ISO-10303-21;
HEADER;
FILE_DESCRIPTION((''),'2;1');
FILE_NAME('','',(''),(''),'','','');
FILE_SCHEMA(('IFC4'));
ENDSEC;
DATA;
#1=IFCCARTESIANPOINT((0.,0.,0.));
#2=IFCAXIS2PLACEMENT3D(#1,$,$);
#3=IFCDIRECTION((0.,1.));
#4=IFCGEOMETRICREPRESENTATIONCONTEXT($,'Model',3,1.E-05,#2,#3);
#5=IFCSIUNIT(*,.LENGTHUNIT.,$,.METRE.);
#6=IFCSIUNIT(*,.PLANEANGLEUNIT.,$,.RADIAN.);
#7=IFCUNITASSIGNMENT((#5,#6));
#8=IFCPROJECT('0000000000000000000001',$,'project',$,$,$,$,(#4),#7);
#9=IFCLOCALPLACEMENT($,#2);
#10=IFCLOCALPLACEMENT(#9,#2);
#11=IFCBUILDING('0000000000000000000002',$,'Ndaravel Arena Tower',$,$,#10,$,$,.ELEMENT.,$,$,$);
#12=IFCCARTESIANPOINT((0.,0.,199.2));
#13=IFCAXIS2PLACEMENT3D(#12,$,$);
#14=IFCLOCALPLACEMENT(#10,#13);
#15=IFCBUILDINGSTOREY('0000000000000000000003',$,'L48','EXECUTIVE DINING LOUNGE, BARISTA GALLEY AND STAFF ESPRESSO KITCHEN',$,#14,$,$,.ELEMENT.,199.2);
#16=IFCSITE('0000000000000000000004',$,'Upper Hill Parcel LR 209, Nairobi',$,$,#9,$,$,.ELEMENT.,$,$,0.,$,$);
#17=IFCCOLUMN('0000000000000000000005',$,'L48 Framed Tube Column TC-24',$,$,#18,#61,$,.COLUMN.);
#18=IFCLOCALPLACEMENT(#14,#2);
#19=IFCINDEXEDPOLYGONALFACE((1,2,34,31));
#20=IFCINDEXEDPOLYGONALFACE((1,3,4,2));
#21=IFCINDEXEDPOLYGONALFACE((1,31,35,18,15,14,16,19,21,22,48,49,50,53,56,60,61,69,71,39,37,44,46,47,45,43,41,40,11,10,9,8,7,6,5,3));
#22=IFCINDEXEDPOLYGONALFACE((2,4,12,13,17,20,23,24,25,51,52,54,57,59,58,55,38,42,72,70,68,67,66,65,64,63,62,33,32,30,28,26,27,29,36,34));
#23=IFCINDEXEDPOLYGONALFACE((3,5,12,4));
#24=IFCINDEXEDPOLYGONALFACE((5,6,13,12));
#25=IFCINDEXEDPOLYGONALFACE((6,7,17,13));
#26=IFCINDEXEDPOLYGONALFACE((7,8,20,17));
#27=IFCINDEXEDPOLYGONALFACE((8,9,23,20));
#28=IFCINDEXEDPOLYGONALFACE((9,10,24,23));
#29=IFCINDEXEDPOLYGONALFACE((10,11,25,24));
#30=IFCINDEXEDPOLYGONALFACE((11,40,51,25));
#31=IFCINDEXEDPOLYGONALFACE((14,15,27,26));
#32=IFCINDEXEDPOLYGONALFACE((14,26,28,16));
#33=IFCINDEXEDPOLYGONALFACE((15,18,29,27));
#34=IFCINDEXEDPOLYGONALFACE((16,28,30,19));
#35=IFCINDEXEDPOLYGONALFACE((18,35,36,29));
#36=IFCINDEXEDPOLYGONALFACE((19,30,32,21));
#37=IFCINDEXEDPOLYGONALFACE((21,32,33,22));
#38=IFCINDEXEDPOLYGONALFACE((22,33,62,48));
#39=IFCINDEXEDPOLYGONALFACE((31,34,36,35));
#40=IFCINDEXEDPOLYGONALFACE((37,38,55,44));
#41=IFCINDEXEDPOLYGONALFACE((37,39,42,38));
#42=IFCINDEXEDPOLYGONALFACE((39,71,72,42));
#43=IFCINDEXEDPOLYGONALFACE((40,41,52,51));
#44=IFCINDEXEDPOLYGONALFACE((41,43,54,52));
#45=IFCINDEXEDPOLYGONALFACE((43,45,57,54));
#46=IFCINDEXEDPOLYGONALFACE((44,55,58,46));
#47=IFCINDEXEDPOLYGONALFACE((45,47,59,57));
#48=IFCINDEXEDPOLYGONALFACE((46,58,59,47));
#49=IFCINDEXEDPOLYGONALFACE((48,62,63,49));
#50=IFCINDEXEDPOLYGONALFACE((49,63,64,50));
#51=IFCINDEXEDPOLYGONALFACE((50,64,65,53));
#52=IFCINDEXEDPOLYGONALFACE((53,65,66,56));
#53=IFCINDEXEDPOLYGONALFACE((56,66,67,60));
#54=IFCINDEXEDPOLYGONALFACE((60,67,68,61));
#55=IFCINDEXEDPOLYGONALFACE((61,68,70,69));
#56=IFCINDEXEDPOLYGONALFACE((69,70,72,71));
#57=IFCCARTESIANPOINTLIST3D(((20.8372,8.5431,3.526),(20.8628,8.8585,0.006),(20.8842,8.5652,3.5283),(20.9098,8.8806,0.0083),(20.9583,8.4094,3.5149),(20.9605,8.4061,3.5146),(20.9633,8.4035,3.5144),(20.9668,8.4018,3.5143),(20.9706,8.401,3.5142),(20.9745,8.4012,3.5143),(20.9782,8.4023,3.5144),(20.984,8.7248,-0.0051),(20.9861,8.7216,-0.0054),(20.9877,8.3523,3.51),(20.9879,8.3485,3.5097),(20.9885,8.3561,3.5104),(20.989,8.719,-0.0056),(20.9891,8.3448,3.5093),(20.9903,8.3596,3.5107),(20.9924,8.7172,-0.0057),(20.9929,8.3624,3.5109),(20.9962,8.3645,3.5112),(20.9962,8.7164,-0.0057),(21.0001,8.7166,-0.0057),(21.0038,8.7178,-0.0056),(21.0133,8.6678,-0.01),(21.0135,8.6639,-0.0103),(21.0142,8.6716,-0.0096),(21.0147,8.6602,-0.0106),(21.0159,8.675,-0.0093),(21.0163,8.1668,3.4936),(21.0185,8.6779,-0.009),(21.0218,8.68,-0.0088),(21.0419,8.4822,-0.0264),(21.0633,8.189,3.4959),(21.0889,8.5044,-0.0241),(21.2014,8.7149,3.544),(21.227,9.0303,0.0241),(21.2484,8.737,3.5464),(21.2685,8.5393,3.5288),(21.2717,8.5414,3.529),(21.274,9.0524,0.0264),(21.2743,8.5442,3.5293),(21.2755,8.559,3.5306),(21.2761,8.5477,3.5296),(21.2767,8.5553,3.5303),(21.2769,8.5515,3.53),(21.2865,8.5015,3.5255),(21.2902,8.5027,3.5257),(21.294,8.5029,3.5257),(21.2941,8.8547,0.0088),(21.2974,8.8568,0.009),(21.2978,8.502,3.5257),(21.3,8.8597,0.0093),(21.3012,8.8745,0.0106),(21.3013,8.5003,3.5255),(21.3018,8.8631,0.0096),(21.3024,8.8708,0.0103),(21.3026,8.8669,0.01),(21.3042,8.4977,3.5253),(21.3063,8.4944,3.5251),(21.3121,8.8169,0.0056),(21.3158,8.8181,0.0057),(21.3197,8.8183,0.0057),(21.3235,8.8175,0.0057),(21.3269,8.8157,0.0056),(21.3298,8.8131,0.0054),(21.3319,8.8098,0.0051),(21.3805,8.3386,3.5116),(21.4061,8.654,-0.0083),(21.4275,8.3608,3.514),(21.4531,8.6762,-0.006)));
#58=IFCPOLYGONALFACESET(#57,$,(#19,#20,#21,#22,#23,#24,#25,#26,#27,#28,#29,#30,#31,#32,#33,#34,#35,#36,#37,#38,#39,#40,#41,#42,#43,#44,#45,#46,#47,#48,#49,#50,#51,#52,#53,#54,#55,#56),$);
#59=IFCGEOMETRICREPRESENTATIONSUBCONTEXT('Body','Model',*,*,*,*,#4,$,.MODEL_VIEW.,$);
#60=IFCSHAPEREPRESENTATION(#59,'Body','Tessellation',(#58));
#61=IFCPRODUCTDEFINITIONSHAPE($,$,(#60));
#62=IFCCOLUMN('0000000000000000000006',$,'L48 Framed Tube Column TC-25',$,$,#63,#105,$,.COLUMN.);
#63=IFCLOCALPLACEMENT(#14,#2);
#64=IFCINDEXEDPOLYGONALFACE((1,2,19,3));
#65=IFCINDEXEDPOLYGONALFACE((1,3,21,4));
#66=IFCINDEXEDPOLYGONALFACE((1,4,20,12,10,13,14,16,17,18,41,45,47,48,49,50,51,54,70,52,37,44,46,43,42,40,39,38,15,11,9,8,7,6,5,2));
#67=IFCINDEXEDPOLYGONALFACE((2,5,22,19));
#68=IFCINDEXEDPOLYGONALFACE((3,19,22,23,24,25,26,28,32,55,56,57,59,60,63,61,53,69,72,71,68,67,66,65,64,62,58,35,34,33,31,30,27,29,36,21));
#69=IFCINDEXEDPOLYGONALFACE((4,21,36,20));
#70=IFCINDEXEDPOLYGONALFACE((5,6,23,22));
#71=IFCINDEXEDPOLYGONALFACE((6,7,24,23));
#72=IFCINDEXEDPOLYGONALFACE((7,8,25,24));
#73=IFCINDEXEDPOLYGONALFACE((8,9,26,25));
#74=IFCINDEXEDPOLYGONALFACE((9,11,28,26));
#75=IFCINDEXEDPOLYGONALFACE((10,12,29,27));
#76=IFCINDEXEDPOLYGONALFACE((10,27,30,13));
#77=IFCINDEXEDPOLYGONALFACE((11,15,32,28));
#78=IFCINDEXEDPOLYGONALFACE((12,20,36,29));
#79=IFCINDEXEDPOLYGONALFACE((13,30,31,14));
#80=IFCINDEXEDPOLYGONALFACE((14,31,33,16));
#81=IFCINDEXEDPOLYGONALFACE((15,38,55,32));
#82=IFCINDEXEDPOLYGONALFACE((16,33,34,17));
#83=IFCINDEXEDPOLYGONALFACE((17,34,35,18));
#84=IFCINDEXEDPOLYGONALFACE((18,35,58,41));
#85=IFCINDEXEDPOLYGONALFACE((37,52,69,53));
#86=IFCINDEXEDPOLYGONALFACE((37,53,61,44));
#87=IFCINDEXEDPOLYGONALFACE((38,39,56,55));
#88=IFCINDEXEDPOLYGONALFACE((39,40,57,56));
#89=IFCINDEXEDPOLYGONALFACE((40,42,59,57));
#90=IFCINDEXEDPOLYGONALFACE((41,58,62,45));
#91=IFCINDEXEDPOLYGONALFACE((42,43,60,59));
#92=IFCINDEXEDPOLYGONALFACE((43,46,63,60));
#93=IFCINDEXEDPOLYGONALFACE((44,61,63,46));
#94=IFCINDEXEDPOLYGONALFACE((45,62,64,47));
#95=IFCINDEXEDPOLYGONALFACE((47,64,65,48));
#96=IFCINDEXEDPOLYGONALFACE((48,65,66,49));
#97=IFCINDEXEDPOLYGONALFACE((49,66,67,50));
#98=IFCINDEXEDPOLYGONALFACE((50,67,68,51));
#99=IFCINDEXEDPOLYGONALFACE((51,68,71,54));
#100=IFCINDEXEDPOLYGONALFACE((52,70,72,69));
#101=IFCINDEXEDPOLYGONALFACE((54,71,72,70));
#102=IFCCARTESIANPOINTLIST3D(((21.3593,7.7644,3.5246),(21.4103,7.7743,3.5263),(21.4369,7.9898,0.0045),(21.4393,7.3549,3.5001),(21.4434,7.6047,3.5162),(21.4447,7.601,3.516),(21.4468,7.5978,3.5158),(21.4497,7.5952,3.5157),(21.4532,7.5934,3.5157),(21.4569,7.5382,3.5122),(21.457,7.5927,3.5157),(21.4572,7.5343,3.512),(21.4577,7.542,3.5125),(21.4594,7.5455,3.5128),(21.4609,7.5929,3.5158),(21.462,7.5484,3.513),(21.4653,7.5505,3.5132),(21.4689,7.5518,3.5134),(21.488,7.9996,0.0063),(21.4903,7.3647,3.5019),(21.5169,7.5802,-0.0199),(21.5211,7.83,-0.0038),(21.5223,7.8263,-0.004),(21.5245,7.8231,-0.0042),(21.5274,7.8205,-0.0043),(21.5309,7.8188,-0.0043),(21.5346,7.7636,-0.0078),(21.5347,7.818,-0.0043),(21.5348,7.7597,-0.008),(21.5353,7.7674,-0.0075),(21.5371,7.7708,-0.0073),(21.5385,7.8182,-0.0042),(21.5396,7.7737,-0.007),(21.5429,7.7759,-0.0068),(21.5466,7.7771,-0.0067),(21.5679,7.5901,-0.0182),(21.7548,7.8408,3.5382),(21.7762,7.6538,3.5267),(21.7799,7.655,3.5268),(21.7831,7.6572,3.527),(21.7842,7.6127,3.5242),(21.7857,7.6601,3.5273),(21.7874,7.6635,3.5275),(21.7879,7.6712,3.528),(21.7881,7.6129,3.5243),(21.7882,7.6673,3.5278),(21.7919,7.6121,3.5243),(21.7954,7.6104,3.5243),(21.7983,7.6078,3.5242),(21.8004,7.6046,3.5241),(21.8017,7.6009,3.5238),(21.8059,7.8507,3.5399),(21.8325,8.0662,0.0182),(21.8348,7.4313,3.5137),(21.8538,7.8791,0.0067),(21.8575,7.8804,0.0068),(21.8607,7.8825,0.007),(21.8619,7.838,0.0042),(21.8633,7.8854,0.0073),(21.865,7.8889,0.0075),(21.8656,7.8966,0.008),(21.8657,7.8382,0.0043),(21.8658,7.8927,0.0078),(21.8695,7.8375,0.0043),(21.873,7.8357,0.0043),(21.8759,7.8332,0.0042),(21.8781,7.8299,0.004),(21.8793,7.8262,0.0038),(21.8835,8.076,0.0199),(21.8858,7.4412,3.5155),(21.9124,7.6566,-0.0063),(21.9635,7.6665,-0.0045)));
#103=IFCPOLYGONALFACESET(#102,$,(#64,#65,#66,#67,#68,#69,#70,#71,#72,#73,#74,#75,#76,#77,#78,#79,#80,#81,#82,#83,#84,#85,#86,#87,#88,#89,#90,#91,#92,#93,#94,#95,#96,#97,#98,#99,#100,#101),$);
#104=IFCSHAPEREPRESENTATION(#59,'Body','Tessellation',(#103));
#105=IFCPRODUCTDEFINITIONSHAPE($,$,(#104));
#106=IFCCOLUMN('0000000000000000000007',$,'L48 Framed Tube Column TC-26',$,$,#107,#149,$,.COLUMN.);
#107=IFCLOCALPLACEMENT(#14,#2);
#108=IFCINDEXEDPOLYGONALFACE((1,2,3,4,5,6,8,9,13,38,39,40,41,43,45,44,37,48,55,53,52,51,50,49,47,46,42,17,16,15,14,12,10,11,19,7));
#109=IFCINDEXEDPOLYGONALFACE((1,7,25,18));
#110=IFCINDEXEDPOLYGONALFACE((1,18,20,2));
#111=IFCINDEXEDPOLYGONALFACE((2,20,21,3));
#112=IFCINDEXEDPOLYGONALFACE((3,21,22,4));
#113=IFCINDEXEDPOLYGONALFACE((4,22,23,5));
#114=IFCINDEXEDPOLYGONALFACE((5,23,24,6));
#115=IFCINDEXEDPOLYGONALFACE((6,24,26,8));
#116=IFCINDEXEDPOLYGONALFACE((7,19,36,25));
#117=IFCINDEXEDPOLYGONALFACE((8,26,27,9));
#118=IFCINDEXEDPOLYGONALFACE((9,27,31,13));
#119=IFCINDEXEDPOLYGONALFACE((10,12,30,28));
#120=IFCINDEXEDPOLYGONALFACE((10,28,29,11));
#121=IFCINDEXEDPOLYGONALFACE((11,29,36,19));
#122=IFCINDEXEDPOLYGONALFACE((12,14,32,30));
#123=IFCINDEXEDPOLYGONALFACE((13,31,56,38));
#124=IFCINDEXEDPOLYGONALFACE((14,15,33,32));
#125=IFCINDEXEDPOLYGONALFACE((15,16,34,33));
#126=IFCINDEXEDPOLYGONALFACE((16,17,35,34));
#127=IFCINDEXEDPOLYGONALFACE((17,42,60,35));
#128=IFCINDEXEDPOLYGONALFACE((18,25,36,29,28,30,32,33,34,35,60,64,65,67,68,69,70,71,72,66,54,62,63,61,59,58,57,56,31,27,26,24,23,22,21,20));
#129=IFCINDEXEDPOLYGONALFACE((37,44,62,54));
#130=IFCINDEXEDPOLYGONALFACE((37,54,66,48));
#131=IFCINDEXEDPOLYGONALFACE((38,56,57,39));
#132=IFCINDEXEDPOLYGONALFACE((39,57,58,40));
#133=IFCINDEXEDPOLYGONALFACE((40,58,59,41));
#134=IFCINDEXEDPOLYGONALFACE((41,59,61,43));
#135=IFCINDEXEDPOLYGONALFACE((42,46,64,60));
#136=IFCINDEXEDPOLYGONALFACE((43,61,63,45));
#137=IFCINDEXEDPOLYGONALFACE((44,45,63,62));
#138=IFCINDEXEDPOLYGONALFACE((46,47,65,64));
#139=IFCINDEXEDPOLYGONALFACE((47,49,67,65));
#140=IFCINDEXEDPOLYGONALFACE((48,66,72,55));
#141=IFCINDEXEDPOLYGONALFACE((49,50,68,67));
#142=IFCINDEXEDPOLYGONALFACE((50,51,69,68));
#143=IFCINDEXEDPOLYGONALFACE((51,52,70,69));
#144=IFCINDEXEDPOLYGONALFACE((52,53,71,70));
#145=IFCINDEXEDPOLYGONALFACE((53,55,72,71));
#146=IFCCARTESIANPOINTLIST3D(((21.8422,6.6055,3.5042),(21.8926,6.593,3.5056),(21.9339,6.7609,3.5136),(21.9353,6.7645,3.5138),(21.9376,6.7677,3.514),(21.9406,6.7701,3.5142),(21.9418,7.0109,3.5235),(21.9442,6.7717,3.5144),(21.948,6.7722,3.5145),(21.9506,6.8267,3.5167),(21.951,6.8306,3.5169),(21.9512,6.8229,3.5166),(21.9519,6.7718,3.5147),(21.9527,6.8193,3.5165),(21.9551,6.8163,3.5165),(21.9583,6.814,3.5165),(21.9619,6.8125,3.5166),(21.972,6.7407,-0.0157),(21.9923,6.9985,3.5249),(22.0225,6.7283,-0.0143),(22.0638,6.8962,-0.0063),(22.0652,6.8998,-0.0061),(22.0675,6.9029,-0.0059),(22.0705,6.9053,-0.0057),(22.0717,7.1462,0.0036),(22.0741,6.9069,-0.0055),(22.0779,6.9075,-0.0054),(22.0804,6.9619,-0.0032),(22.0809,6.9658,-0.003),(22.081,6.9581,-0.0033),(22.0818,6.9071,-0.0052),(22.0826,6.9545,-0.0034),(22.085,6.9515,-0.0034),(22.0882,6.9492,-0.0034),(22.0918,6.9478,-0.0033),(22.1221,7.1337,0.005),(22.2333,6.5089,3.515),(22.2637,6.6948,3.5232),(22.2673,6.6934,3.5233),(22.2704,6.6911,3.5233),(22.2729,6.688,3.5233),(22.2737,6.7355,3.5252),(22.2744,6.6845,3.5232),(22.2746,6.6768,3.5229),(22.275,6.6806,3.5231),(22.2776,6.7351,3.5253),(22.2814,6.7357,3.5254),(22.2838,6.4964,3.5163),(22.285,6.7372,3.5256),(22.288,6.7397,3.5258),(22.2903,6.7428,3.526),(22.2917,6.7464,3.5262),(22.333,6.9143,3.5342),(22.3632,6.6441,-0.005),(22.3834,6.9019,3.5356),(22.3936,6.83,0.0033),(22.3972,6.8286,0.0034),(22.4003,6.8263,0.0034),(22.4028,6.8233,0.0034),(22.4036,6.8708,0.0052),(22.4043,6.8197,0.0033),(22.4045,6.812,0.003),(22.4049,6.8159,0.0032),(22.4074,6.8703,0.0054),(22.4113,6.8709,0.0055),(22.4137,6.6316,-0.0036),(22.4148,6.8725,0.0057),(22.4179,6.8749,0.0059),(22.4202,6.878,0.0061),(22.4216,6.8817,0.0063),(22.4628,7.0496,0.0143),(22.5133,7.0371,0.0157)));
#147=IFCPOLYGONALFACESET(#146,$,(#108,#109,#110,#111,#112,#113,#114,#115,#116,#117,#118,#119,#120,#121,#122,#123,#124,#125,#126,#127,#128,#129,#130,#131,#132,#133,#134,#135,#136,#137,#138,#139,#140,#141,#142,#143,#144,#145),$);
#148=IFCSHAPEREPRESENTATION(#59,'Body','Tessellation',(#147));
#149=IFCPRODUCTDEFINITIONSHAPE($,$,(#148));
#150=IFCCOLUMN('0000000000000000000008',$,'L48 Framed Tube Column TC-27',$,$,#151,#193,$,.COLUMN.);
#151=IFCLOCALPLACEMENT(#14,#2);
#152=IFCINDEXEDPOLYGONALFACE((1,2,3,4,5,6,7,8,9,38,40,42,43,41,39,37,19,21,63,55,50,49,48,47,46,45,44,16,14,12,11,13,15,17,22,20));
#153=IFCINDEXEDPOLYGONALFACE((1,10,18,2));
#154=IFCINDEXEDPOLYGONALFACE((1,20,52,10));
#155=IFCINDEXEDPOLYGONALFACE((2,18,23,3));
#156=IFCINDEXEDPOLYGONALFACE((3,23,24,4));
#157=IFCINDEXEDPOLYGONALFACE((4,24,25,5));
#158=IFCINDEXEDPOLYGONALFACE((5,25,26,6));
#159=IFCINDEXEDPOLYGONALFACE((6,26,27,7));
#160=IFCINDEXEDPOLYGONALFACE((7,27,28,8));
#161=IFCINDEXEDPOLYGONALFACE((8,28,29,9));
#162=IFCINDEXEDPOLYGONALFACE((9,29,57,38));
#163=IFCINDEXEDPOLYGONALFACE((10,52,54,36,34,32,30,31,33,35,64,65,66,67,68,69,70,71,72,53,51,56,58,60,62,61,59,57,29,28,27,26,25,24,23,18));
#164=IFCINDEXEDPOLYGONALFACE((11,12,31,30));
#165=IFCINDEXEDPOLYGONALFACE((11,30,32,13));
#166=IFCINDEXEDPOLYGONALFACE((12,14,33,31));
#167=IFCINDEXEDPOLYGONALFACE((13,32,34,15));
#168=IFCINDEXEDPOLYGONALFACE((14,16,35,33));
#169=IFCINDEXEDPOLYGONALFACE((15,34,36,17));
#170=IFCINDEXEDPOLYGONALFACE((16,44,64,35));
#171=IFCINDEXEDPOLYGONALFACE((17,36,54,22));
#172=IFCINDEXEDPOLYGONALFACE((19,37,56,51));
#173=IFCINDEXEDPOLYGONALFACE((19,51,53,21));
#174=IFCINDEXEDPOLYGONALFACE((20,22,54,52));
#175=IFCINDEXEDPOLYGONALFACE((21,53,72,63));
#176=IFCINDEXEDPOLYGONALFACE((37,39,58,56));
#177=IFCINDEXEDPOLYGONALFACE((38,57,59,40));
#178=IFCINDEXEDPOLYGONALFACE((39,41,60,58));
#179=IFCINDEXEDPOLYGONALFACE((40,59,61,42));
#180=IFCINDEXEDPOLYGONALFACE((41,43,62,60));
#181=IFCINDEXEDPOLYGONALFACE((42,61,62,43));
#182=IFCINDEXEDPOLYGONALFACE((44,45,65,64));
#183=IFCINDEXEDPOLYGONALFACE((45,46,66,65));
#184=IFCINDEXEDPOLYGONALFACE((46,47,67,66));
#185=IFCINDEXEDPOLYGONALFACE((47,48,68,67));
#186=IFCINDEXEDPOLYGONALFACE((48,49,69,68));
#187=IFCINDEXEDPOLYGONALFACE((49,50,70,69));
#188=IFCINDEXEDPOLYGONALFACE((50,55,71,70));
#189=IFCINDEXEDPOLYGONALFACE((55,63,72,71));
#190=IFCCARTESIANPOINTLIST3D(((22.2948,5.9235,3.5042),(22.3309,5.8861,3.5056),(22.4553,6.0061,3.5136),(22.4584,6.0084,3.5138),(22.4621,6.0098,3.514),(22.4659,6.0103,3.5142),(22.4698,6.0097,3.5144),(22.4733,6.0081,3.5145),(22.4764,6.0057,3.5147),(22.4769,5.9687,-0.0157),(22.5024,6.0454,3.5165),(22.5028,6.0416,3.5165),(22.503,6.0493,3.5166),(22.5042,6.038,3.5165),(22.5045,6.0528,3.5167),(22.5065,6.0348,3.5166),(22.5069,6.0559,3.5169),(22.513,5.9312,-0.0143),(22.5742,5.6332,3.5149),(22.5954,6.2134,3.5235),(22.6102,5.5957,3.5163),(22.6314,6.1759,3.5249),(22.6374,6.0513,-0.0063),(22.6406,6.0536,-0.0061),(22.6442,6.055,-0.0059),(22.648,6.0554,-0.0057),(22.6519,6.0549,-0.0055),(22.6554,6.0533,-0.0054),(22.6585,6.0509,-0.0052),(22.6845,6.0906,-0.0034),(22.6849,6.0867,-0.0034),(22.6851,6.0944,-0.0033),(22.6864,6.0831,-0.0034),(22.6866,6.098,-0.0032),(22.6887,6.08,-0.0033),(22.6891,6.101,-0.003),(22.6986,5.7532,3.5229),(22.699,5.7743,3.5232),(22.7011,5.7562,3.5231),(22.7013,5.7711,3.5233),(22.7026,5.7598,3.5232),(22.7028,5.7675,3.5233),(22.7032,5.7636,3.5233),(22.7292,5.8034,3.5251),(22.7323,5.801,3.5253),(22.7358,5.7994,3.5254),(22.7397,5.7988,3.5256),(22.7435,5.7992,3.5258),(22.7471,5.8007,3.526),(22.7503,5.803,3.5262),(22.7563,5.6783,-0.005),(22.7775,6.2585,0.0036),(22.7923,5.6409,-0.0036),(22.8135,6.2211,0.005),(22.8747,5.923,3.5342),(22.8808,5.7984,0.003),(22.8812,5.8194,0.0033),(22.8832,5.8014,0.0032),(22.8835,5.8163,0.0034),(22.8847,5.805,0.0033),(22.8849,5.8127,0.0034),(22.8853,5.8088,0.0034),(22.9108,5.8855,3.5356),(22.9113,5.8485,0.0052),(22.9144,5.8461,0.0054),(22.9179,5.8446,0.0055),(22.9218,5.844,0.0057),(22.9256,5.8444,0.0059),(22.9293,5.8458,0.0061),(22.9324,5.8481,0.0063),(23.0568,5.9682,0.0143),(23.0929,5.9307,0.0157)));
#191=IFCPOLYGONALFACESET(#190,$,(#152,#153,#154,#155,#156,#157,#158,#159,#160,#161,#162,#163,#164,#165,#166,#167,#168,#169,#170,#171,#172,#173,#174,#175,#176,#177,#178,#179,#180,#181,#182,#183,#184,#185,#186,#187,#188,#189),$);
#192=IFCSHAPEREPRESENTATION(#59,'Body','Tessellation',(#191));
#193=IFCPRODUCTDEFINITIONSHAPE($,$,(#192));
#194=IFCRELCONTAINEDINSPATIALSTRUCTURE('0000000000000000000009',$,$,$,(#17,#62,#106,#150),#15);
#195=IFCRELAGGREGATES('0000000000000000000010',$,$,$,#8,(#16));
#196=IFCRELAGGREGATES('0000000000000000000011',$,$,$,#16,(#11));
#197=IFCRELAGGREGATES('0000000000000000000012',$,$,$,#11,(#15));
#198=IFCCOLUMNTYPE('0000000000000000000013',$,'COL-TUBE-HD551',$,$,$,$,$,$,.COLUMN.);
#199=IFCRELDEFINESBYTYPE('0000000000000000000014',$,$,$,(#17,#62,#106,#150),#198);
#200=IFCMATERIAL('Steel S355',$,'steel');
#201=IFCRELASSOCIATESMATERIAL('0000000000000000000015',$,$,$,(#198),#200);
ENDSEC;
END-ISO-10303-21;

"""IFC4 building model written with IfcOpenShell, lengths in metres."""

from ifc_helpers import new_model, si_unit, direction, frame, origin, origin_2d, place, context, subcontext, project, spatial, i_section, extrude, material, material_profile, profile_set, type_object, element, save


model = new_model("IFC4")

# Units and contexts
model_context = context("Model", 3, precision=1e-05, world=origin(), true_north=direction((0.0, 1.0)))
body_context = subcontext(model_context, "Body", "Model", "MODEL_VIEW")
ifc_project = project(units=[si_unit("LENGTHUNIT", "METRE"), si_unit("PLANEANGLEUNIT", "RADIAN")], contexts=[model_context])

# Site, building, storey
site_placement = place(None, origin())
site = spatial("IfcSite", under=ifc_project, at=site_placement, Name="Upper Hill Parcel LR 209, Nairobi", CompositionType="ELEMENT", RefElevation=0.0)
building_placement = place(site_placement, origin())
building = spatial("IfcBuilding", under=site, at=building_placement, Name="Ndaravel Arena Tower", CompositionType="ELEMENT")
storey_placement = place(building_placement, frame((0.0, 0.0, 199.2)))
storey = spatial("IfcBuildingStorey", under=building, at=storey_placement, Name="L48", Description="EXECUTIVE DINING LOUNGE, BARISTA GALLEY AND STAFF ESPRESSO KITCHEN", CompositionType="ELEMENT", Elevation=199.2)

# Columns
ifc_material_1 = material(Name="Steel S355", Category="steel")
ifc_material_profile_1 = material_profile(ifc_material_1, i_section(OverallWidth=0.418, OverallDepth=0.4551, WebThickness=0.042, FlangeThickness=0.052, FilletRadius=0.0149, at=origin_2d()), Name="HD 400x551")
ifc_profile_set_1 = profile_set([ifc_material_profile_1], Name="Steel S355")
column_type = type_object("IfcColumnType", Name="COL-TUBE-HD551", PredefinedType="COLUMN", material=ifc_profile_set_1)
column_1_placement = place(storey_placement, frame((21.158, 8.7673, 0.0), z_axis=(-0.007253, -0.08925, 0.995983), x_axis=(-0.428489, 0.900213, 0.077548)))
element("IfcColumn", 1, at=column_1_placement, inside=storey, type_object=column_type, Name="L48 Framed Tube Column TC-24", PredefinedType="COLUMN", context=body_context, shape_type="SweptSolid", body=[
    extrude(i_section(OverallWidth=0.418, OverallDepth=0.4551, WebThickness=0.042, FlangeThickness=0.052, FilletRadius=0.0149, at=origin_2d()), origin(), (0.0, 0.0, 1.0), 3.5342),
])
column_2_placement = place(storey_placement, frame((21.7002, 7.8281, 0.0), z_axis=(-0.022005, -0.063871, 0.997716), x_axis=(-0.191277, 0.979791, 0.058505)))
element("IfcColumn", 2, at=column_2_placement, inside=storey, type_object=column_type, Name="L48 Framed Tube Column TC-25", PredefinedType="COLUMN", context=body_context, shape_type="SweptSolid", body=[
    extrude(i_section(OverallWidth=0.418, OverallDepth=0.4551, WebThickness=0.042, FlangeThickness=0.052, FilletRadius=0.0149, at=origin_2d()), origin(), (0.0, 0.0, 1.0), 3.5281),
])
for number, where, z_axis, x_axis, name in (
    (3, (22.2427, 6.8889, 0.0), (-0.036846, -0.03837, 0.998584), (0.238353, 0.970085, 0.04607), "L48 Framed Tube Column TC-26"),
    (4, (22.7849, 5.9497, 0.0), (-0.051668, -0.012813, 0.998582), (0.719023, 0.693455, 0.046101), "L48 Framed Tube Column TC-27"),
):
    element("IfcColumn", number, at=place(storey_placement, frame(where, z_axis=z_axis, x_axis=x_axis)), inside=storey, type_object=column_type, Name=name, PredefinedType="COLUMN", context=body_context, shape_type="SweptSolid", body=[
        extrude(i_section(OverallWidth=0.418, OverallDepth=0.4551, WebThickness=0.042, FlangeThickness=0.052, FilletRadius=0.0149, at=origin_2d()), origin(), (0.0, 0.0, 1.0), 3.5249),
    ])

save(model, "model.ifc")
